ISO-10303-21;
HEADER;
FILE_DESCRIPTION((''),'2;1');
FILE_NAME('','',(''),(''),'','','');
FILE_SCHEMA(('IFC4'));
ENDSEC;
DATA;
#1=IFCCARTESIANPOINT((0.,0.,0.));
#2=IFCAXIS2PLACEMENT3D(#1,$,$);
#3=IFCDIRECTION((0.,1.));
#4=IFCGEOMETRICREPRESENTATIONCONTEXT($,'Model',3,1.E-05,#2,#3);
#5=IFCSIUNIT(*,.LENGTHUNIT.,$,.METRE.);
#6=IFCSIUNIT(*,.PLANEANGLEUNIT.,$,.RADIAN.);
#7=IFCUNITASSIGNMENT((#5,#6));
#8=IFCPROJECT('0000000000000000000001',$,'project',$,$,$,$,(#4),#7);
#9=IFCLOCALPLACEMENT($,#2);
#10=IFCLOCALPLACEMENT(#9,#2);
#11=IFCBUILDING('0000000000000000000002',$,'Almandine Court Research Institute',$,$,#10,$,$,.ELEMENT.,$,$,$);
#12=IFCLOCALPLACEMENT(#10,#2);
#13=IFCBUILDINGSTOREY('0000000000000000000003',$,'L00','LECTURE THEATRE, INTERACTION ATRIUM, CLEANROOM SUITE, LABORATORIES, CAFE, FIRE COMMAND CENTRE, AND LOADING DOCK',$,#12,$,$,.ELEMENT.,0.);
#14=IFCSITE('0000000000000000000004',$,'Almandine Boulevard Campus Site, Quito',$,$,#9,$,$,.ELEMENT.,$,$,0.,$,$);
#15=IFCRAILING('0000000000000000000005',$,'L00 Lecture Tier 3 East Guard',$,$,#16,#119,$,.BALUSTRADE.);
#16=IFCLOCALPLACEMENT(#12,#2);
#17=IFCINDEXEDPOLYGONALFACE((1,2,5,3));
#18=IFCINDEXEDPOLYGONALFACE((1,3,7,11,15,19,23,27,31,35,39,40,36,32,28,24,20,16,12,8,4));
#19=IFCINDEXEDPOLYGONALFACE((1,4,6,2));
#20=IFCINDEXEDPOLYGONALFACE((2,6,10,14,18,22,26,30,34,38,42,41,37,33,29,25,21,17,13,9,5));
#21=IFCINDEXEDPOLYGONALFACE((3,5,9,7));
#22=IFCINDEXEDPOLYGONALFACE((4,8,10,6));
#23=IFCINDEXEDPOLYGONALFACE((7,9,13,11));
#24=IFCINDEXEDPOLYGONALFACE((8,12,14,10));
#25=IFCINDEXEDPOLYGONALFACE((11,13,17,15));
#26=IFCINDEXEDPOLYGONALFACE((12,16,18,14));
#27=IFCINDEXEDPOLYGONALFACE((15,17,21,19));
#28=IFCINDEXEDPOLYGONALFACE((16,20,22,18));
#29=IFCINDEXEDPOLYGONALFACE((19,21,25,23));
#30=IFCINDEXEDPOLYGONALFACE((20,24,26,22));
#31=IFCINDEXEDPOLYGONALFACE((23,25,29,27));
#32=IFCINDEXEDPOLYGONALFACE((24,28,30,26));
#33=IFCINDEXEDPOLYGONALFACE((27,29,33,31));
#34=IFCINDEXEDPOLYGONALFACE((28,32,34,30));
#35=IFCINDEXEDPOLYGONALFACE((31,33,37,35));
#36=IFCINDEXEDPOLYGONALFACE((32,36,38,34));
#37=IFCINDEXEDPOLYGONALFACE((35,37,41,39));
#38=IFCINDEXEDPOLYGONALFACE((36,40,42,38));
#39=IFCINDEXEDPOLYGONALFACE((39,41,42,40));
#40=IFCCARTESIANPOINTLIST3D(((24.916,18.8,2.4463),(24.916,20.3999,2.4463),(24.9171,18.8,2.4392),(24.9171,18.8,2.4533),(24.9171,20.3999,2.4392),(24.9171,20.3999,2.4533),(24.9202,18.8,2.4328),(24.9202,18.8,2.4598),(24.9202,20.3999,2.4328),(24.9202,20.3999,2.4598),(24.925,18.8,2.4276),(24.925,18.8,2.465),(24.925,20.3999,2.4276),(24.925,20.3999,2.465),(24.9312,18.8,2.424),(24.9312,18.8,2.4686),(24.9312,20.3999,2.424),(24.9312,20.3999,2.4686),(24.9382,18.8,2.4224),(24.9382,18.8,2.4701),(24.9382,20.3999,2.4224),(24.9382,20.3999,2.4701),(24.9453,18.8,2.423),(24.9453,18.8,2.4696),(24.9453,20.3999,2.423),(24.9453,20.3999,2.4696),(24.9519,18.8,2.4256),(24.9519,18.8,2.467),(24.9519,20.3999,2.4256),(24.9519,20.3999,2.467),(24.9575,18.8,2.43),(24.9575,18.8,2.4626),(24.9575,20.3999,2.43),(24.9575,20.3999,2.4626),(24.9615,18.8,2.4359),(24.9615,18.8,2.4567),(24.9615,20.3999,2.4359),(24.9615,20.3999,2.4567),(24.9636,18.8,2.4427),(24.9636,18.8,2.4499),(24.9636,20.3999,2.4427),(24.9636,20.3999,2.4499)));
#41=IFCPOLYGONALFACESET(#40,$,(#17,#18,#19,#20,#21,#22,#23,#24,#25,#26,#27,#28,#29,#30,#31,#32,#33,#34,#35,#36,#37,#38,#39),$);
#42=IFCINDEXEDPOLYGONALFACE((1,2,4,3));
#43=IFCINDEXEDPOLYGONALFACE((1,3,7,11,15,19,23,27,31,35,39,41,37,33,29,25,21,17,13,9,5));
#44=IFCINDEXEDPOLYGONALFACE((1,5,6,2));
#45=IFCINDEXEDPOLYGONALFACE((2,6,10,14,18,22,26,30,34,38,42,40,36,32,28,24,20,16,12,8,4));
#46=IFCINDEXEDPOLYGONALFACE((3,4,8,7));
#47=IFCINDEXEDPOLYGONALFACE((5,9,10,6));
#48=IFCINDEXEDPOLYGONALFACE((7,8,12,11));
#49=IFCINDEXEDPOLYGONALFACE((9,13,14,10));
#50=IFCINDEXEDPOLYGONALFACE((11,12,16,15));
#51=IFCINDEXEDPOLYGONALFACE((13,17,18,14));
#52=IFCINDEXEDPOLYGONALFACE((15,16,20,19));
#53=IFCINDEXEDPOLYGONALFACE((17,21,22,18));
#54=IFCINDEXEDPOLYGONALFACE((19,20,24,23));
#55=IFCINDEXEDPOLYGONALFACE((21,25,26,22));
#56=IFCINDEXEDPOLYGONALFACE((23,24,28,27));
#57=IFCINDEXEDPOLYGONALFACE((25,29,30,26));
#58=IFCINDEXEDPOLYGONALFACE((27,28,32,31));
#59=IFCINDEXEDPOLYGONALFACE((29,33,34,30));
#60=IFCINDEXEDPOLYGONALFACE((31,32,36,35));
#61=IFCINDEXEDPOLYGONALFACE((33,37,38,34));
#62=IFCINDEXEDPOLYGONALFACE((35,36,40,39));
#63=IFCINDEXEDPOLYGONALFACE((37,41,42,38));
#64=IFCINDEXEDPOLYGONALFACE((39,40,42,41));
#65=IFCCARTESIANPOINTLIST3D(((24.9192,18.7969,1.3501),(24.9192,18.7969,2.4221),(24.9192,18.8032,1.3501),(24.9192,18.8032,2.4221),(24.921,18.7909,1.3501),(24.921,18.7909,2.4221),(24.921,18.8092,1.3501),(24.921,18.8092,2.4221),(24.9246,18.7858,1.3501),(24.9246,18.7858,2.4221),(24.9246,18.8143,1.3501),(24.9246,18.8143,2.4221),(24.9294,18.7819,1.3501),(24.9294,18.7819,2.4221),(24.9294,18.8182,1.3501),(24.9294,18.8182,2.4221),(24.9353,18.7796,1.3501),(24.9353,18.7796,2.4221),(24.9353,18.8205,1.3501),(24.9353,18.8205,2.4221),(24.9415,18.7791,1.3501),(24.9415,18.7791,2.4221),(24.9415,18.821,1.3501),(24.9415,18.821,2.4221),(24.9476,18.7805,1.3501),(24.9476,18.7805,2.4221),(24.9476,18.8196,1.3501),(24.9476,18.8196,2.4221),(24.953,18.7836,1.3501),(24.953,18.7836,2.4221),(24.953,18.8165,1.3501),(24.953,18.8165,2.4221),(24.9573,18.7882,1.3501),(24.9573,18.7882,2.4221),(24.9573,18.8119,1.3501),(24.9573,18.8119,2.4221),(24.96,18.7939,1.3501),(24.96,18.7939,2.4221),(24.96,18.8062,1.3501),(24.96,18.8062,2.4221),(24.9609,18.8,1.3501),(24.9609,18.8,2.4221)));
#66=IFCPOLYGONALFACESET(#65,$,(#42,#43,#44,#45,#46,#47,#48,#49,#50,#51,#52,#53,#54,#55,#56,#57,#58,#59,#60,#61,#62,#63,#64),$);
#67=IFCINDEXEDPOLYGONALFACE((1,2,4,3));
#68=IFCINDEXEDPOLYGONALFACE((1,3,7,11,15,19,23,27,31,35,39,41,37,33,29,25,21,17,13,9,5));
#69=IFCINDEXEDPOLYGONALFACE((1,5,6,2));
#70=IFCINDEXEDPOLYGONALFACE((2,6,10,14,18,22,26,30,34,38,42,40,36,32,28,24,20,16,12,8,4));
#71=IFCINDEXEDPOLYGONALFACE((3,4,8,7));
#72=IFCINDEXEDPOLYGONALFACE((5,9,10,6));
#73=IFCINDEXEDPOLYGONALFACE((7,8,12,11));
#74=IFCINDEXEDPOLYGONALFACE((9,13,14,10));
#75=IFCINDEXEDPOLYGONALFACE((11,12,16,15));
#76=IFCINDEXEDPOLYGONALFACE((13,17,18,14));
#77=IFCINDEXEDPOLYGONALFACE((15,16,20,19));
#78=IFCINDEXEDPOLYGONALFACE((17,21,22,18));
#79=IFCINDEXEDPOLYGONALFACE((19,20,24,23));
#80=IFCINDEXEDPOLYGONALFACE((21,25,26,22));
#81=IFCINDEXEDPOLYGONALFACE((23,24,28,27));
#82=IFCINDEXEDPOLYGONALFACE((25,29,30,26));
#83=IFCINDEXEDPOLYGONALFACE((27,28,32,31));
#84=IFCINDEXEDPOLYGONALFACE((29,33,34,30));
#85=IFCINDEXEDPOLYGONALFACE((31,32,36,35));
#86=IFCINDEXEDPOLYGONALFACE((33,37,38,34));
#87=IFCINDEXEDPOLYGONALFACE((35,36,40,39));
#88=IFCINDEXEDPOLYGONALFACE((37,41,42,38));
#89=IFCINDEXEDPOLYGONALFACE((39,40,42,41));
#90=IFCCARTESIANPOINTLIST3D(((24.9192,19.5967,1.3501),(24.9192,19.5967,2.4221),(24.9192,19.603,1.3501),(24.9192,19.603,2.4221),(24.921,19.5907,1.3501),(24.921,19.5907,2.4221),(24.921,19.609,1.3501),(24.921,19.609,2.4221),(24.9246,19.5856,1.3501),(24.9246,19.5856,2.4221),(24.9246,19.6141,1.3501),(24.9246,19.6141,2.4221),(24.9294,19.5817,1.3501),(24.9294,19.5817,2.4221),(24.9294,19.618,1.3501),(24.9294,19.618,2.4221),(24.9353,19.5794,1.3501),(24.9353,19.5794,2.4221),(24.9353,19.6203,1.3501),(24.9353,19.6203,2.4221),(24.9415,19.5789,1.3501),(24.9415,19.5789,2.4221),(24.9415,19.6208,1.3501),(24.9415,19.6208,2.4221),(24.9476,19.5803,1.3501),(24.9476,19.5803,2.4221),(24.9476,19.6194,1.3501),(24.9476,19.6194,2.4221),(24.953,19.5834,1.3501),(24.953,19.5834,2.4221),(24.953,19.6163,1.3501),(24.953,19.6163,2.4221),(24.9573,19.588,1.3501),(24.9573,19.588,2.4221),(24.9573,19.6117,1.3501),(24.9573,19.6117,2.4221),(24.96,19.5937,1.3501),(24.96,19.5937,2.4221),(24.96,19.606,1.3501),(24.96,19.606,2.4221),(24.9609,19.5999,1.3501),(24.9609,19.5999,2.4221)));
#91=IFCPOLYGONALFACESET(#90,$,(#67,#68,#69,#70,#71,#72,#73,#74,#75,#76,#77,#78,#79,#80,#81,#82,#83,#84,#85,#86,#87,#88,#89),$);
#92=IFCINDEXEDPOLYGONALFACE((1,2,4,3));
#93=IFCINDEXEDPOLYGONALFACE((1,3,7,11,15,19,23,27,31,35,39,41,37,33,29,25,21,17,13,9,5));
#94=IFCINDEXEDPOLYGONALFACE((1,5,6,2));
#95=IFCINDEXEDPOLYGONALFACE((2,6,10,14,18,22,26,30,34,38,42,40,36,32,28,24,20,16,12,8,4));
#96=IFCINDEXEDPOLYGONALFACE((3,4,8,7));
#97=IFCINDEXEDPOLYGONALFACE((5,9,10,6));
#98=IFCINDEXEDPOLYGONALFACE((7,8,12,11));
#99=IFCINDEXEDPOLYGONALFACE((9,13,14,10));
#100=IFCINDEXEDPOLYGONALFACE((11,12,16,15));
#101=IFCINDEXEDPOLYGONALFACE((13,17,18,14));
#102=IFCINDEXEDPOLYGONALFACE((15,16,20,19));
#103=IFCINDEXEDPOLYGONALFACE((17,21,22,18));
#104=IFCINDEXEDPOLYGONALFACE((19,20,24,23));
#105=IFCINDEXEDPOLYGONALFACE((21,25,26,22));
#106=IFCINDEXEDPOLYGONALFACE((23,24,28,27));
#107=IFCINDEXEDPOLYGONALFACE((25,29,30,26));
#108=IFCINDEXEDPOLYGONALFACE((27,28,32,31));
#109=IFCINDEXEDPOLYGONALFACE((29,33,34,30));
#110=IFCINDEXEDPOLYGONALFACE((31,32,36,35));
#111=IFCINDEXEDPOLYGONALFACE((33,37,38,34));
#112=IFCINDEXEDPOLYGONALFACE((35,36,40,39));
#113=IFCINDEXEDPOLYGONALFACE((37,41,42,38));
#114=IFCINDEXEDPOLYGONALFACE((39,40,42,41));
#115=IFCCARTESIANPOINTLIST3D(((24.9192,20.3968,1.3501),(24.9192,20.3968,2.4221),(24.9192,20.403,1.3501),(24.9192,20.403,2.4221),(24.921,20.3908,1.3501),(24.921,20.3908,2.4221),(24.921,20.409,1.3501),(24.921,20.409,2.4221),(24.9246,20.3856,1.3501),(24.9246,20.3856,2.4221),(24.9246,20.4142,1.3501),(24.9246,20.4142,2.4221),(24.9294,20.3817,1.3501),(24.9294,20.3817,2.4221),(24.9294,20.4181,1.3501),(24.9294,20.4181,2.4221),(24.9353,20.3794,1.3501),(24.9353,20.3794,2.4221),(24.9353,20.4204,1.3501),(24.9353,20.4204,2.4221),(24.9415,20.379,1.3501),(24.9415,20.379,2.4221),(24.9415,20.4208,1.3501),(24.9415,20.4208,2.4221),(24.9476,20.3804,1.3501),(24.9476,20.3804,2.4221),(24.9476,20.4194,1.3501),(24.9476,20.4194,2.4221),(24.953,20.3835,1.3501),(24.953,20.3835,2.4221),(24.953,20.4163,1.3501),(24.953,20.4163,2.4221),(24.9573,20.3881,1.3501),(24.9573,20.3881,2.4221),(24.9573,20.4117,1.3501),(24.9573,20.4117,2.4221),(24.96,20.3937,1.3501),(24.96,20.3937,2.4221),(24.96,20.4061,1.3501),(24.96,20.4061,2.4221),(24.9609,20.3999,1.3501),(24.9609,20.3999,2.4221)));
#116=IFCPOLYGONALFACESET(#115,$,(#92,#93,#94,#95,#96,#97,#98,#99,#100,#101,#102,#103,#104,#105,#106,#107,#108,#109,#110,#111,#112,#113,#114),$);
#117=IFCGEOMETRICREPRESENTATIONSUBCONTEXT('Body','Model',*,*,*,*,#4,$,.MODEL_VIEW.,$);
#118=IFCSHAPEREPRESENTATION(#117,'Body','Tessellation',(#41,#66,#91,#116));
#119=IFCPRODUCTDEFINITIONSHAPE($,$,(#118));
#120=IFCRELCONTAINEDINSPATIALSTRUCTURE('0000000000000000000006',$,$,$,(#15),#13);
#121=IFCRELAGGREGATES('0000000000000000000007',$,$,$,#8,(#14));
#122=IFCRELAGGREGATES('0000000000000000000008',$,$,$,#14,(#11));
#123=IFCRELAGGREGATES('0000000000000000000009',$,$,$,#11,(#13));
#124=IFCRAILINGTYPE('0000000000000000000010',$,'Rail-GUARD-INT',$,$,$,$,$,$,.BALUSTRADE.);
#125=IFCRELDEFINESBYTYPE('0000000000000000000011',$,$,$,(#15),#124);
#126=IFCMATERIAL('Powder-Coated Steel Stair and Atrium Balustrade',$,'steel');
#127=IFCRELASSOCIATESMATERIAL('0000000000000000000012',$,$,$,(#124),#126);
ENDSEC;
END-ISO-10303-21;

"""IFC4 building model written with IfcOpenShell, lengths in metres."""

from ifc_helpers import new_model, si_unit, direction, frame, origin, origin_2d, place, context, subcontext, project, spatial, circle, extrude, material, type_object, element, save


model = new_model("IFC4")

# Units and contexts
model_context = context("Model", 3, precision=1e-05, world=origin(), true_north=direction((0.0, 1.0)))
body_context = subcontext(model_context, "Body", "Model", "MODEL_VIEW")
ifc_project = project(units=[si_unit("LENGTHUNIT", "METRE"), si_unit("PLANEANGLEUNIT", "RADIAN")], contexts=[model_context])

# Site, building, storey
site_placement = place(None, origin())
site = spatial("IfcSite", under=ifc_project, at=site_placement, Name="Almandine Boulevard Campus Site, Quito", CompositionType="ELEMENT", RefElevation=0.0)
building_placement = place(site_placement, origin())
building = spatial("IfcBuilding", under=site, at=building_placement, Name="Almandine Court Research Institute", CompositionType="ELEMENT")
storey_placement = place(building_placement, origin())
storey = spatial("IfcBuildingStorey", under=building, at=storey_placement, Name="L00", Description="LECTURE THEATRE, INTERACTION ATRIUM, CLEANROOM SUITE, LABORATORIES, CAFE, FIRE COMMAND CENTRE, AND LOADING DOCK", CompositionType="ELEMENT", Elevation=0.0)

# Railing
ifc_material_1 = material(Name="Powder-Coated Steel Stair and Atrium Balustrade", Category="steel")
railing_type = type_object("IfcRailingType", Name="Rail-GUARD-INT", PredefinedType="BALUSTRADE", material=ifc_material_1)
railing_1_placement = place(storey_placement, frame((24.9399, 18.8, 1.3501)))
element("IfcRailing", 1, at=railing_1_placement, inside=storey, type_object=railing_type, Name="L00 Lecture Tier 3 East Guard", PredefinedType="BALUSTRADE", context=body_context, shape_type="SweptSolid", body=[
    extrude(circle(Radius=0.0239, at=origin_2d()), frame((0.0, 0.0, 1.0962), z_axis=(0.0, 1.0, 0.0), x_axis=(-1.0, 0.0, 0.0)), (0.0, 0.0, 1.0), 1.5999),
    extrude(circle(Radius=0.021, at=origin_2d()), origin(), (0.0, 0.0, 1.0), 1.072),
    extrude(circle(Radius=0.021, at=origin_2d()), frame((0.0, 0.7998, 0.0)), (0.0, 0.0, 1.0), 1.072),
    extrude(circle(Radius=0.021, at=origin_2d()), frame((0.0, 1.5999, 0.0)), (0.0, 0.0, 1.0), 1.072),
])

save(model, "model.ifc")
